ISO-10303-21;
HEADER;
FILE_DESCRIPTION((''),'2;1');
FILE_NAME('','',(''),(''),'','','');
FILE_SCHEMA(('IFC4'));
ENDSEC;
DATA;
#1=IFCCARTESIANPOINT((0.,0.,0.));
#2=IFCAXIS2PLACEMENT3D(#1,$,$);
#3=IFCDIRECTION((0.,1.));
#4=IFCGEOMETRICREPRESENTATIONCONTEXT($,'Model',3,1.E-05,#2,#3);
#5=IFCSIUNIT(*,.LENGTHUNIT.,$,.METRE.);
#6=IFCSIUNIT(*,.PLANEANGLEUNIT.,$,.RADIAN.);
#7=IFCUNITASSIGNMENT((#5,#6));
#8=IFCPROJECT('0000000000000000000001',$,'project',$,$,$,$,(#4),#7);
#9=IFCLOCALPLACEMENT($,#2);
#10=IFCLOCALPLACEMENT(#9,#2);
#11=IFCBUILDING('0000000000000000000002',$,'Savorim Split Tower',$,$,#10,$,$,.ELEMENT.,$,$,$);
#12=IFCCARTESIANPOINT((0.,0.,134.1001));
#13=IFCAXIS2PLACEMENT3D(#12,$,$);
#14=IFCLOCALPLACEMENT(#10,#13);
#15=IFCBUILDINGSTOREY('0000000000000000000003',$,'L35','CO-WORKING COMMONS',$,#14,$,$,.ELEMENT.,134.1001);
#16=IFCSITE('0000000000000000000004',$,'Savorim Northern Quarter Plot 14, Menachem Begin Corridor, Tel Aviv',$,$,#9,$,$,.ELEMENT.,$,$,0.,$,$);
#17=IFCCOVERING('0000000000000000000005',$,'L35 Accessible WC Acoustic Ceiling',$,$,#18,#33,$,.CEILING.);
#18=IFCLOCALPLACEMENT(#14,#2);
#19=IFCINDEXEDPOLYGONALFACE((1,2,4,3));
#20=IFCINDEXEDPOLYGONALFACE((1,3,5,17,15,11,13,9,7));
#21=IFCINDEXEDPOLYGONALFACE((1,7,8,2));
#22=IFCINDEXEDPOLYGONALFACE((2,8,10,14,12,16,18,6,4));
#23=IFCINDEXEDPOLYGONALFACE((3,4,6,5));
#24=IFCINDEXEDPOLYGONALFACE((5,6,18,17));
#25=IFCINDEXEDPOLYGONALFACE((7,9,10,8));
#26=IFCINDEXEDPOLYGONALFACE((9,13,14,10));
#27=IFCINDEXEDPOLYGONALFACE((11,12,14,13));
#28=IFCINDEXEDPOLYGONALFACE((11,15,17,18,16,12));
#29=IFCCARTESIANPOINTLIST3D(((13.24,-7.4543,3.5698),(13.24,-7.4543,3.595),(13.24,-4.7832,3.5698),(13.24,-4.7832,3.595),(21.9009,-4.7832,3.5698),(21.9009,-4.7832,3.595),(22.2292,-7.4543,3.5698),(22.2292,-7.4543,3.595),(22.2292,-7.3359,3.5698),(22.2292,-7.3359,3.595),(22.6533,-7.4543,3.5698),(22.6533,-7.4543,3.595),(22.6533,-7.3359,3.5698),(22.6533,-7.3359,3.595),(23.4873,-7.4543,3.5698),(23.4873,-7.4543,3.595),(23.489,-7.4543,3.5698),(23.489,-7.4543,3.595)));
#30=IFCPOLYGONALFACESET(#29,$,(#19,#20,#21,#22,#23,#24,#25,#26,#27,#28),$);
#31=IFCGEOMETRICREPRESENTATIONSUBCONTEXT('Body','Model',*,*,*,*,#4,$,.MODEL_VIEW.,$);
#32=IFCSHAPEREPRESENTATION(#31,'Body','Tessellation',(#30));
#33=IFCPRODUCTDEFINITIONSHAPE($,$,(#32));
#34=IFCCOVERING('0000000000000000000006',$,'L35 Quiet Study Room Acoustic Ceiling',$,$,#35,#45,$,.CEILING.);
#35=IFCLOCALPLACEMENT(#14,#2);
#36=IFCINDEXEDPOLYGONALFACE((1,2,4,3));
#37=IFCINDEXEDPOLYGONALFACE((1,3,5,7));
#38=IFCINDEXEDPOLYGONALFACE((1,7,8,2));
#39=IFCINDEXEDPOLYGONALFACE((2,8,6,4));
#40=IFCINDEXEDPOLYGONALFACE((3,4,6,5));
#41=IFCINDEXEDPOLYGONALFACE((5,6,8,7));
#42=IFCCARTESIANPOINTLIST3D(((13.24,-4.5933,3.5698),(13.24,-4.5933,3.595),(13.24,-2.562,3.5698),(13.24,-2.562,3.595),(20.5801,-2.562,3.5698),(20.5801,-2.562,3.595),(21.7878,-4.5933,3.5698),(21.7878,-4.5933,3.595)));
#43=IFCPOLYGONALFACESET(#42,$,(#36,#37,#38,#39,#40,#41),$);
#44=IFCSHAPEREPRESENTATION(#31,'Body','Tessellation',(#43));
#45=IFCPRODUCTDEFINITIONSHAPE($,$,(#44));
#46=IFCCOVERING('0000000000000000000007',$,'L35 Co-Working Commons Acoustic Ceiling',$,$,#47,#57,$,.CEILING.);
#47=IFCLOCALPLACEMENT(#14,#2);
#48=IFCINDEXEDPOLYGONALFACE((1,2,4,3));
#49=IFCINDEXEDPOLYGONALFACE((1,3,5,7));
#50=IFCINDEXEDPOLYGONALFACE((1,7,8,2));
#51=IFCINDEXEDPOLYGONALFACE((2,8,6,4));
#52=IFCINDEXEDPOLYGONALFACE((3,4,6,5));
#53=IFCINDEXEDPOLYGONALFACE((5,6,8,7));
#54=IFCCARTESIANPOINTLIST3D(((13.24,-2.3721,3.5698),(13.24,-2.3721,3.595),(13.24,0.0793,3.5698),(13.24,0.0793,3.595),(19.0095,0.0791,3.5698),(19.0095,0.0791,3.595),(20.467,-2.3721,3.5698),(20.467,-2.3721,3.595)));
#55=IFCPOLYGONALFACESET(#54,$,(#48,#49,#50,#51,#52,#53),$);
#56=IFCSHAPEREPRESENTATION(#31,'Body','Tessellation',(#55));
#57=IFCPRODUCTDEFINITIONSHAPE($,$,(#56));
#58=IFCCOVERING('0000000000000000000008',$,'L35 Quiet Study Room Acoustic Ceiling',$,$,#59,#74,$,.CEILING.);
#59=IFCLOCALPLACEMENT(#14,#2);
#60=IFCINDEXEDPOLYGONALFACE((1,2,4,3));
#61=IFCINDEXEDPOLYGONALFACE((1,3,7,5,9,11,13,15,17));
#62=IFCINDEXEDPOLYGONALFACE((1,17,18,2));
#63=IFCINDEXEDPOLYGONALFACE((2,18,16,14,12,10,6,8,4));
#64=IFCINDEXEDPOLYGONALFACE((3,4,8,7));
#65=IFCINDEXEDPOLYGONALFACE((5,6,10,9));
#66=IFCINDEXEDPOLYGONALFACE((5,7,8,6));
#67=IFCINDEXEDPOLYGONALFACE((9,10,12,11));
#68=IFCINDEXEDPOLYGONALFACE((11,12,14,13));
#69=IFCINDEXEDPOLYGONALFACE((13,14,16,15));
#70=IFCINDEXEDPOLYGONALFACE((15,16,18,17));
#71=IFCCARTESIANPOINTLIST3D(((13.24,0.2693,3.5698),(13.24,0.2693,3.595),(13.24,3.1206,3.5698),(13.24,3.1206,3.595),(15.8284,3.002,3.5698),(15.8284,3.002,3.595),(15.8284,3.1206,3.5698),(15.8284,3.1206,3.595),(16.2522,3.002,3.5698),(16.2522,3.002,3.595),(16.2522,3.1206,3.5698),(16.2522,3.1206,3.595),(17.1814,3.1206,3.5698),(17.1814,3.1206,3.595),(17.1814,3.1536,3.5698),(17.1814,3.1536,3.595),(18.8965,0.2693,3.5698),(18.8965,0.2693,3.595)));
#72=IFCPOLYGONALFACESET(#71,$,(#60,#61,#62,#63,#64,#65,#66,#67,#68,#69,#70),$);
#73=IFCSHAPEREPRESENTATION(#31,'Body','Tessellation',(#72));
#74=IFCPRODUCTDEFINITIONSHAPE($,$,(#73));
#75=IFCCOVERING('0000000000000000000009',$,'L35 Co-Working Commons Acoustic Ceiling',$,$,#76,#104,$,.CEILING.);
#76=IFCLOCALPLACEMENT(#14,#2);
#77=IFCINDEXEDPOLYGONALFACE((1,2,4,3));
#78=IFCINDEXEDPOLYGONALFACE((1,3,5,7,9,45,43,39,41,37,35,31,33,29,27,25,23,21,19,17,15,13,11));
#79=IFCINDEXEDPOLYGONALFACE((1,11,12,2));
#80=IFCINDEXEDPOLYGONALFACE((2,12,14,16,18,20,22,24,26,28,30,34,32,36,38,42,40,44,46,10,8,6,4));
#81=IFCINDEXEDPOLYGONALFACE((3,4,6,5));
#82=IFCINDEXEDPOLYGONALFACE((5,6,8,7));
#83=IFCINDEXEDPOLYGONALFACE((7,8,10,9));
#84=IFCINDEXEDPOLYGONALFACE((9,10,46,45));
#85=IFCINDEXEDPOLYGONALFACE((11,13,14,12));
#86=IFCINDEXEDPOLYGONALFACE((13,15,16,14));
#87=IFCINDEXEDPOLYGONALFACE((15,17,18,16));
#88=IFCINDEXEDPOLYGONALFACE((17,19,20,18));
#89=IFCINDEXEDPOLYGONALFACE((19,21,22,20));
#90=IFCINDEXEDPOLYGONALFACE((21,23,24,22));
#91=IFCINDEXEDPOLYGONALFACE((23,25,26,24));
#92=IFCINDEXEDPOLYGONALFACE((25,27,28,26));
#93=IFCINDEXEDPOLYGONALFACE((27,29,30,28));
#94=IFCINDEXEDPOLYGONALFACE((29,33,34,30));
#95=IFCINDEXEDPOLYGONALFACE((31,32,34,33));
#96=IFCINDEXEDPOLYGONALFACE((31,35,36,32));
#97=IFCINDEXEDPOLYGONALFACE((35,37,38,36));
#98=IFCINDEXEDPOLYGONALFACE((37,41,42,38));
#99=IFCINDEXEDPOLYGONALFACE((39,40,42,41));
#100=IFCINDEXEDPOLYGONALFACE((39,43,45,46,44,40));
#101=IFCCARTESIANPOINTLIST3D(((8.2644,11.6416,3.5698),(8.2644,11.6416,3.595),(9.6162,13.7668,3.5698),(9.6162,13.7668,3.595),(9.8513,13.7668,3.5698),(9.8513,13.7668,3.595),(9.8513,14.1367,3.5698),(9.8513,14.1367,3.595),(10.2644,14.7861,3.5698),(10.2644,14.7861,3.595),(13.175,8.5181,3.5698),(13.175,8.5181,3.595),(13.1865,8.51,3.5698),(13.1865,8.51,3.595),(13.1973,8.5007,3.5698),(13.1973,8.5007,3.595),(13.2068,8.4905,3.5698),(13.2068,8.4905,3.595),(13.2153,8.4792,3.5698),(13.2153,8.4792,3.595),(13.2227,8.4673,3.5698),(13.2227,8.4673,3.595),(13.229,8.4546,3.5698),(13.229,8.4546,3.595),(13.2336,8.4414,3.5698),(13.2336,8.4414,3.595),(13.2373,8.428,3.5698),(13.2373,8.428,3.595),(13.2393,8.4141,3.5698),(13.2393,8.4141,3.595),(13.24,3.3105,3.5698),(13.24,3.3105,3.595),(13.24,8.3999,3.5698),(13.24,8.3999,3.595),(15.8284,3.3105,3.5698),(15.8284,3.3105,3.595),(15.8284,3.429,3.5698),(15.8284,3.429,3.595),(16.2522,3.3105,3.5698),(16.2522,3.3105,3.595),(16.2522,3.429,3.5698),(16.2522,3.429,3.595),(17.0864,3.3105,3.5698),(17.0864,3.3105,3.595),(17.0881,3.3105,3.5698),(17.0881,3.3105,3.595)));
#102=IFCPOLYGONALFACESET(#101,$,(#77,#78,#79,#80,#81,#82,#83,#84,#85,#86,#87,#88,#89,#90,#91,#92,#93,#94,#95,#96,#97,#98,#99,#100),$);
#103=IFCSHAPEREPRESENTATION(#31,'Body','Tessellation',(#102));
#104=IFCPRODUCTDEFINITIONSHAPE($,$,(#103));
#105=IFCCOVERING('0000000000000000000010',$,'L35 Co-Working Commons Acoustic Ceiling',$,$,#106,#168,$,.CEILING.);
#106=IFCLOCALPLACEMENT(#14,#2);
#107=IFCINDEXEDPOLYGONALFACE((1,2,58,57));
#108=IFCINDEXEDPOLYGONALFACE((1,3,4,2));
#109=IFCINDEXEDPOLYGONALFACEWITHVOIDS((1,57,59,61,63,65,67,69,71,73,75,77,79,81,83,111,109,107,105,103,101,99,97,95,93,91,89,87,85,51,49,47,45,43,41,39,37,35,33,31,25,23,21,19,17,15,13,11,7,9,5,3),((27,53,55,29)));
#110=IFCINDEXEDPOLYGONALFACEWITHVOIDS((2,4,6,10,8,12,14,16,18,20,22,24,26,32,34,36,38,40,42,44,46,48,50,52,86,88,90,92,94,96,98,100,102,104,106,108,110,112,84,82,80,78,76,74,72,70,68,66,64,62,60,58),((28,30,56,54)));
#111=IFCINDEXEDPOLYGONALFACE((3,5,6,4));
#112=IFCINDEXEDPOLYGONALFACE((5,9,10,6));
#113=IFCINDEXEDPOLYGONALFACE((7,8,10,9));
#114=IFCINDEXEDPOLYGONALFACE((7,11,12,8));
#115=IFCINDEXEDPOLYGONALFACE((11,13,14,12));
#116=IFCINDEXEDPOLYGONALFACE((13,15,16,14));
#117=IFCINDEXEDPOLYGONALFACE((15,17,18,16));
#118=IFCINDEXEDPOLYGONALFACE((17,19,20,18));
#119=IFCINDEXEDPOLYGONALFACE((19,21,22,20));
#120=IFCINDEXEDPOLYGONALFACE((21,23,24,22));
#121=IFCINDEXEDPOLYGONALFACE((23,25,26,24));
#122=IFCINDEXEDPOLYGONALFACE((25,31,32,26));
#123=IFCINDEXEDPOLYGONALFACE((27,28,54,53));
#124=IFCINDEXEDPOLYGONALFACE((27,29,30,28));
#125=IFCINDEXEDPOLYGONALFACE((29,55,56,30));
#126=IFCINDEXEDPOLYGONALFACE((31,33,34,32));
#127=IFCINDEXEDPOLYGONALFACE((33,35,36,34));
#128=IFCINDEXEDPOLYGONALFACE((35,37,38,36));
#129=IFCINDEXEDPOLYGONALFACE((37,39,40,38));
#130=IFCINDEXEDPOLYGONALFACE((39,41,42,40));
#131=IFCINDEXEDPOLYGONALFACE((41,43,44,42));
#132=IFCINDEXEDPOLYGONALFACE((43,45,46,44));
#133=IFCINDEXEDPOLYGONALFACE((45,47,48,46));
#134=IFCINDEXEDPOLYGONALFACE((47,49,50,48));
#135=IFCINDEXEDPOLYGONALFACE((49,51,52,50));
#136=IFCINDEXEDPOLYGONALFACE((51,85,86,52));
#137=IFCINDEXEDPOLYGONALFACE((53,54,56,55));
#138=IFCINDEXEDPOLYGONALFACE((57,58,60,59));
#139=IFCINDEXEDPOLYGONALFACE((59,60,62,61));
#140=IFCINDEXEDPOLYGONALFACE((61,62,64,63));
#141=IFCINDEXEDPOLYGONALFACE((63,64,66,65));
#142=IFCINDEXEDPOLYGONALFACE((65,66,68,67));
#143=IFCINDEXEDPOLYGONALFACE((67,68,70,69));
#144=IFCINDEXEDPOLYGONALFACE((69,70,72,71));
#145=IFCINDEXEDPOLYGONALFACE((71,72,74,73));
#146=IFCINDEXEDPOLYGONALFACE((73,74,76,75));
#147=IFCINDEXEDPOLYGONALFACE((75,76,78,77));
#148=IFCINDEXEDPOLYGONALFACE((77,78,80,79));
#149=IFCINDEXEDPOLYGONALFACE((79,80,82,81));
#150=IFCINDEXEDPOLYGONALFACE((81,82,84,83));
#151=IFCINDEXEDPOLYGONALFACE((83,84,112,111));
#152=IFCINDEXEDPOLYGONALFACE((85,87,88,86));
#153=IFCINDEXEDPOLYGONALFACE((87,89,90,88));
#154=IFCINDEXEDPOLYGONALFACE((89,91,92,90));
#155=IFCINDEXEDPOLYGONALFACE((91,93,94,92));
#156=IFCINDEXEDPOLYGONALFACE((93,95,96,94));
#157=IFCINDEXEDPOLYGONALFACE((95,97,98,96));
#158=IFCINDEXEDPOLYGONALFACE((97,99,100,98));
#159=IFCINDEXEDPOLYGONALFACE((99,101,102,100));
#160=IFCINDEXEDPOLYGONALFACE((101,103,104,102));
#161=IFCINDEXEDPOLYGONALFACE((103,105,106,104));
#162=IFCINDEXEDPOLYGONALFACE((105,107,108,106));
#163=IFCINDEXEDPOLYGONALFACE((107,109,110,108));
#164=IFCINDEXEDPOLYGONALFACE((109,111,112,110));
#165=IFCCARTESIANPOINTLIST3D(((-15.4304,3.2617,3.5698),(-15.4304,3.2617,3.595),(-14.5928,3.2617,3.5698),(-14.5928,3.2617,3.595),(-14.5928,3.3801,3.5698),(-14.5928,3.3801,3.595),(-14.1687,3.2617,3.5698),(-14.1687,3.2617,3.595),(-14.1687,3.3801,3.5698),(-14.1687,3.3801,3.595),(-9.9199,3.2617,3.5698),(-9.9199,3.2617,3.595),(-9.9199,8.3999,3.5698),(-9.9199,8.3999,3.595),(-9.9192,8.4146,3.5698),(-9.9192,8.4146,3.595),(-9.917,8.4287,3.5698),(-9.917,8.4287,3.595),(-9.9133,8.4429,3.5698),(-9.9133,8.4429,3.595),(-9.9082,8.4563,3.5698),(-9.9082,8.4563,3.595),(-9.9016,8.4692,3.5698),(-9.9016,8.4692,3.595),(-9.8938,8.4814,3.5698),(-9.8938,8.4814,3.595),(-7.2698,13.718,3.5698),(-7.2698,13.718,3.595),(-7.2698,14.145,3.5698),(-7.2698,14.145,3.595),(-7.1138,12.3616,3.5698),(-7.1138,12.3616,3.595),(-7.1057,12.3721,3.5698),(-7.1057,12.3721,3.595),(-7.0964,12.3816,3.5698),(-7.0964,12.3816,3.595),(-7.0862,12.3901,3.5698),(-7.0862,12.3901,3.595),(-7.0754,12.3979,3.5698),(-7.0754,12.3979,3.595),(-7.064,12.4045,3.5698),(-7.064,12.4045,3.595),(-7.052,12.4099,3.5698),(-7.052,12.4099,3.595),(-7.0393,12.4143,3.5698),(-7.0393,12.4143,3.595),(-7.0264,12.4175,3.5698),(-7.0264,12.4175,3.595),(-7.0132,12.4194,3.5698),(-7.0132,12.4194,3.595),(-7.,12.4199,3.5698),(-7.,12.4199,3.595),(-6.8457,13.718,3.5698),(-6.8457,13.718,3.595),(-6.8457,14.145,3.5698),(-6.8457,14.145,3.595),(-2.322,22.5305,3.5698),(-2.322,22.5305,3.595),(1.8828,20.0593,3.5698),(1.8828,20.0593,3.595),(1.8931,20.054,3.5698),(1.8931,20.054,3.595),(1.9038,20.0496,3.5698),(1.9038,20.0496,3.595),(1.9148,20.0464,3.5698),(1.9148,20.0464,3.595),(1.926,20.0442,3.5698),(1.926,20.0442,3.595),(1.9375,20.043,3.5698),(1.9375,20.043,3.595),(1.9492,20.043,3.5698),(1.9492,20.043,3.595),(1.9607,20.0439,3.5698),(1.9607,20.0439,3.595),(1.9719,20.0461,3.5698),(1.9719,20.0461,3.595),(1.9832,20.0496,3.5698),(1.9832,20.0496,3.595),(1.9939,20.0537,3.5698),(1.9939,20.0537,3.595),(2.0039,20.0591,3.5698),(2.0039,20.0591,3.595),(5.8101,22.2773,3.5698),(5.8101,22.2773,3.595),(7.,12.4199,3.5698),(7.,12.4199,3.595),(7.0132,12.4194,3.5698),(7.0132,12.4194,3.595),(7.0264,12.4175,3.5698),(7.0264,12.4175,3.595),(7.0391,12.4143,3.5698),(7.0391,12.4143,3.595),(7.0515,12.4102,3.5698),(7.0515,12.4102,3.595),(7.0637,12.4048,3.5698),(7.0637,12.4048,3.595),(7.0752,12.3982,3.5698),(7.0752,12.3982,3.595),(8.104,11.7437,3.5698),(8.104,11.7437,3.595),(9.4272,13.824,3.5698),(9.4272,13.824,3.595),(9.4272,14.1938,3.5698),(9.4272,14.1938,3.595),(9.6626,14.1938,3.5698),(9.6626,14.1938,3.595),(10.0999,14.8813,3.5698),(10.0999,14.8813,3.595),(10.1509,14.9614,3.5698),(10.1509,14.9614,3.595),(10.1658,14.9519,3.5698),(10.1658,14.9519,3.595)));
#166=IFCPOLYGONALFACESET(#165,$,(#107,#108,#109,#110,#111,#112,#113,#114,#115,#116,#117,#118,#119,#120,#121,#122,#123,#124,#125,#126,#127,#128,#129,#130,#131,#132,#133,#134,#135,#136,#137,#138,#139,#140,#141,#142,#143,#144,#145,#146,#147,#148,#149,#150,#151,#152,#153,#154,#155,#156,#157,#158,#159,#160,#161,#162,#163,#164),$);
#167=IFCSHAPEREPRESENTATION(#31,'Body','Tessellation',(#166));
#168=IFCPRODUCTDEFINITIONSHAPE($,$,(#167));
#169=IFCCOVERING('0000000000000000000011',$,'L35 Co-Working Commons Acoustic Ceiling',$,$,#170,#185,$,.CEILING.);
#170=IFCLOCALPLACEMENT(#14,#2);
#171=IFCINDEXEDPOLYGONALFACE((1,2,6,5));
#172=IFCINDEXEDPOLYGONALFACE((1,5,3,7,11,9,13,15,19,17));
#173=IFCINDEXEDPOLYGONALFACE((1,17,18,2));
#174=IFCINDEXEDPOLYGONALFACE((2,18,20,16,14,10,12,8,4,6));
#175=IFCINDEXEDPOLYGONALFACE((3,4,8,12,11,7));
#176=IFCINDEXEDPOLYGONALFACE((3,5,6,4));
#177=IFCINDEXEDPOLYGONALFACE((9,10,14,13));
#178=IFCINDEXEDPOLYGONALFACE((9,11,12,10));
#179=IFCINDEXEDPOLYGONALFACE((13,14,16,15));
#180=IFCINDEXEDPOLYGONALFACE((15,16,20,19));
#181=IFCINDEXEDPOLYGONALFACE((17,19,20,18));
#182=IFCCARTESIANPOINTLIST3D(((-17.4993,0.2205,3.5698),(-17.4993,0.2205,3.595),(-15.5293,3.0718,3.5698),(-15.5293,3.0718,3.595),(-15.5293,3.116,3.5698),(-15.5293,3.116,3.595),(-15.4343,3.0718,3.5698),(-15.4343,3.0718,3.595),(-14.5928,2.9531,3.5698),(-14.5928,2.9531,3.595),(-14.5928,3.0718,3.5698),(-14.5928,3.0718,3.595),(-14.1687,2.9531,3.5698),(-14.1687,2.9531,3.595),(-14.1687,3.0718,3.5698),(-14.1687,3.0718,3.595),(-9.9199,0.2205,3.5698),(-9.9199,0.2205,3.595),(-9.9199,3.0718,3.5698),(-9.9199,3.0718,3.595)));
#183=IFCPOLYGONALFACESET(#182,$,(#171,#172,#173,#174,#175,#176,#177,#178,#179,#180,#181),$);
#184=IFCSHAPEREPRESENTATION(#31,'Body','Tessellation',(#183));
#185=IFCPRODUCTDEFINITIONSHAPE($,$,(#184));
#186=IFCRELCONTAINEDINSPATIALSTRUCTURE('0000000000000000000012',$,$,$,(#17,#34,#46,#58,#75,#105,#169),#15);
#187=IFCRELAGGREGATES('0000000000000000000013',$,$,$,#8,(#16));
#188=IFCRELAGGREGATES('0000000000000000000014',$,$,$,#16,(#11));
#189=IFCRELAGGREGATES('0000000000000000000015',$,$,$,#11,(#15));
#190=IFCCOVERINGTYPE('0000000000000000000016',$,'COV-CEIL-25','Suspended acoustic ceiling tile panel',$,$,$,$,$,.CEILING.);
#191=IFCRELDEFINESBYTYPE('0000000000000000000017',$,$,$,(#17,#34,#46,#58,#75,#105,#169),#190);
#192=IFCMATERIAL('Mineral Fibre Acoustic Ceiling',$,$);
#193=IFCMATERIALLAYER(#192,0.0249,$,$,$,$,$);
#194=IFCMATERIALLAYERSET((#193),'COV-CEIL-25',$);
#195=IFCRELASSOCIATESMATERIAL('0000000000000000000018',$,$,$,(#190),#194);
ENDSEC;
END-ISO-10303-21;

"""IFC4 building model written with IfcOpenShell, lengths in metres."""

from ifc_helpers import new_model, si_unit, direction, frame, origin, place, context, subcontext, project, spatial, polyline, outline, extrude, material, layer, layer_set, type_object, element, save


model = new_model("IFC4")

# Units and contexts
model_context = context("Model", 3, precision=1e-05, world=origin(), true_north=direction((0.0, 1.0)))
body_context = subcontext(model_context, "Body", "Model", "MODEL_VIEW")
ifc_project = project(units=[si_unit("LENGTHUNIT", "METRE"), si_unit("PLANEANGLEUNIT", "RADIAN")], contexts=[model_context])

# Site, building, storey
site_placement = place(None, origin())
site = spatial("IfcSite", under=ifc_project, at=site_placement, Name="Savorim Northern Quarter Plot 14, Menachem Begin Corridor, Tel Aviv", CompositionType="ELEMENT", RefElevation=0.0)
building_placement = place(site_placement, origin())
building = spatial("IfcBuilding", under=site, at=building_placement, Name="Savorim Split Tower", CompositionType="ELEMENT")
storey_placement = place(building_placement, frame((0.0, 0.0, 134.1001)))
storey = spatial("IfcBuildingStorey", under=building, at=storey_placement, Name="L35", Description="CO-WORKING COMMONS", CompositionType="ELEMENT", Elevation=134.1001)

# Coverings
ifc_material_1 = material(Name="Mineral Fibre Acoustic Ceiling")
ifc_layer_1 = layer(ifc_material_1, 0.0249)
ifc_layer_set_1 = layer_set([ifc_layer_1], Name="COV-CEIL-25")
covering_type_1 = type_object("IfcCoveringType", Name="COV-CEIL-25", Description="Suspended acoustic ceiling tile panel", PredefinedType="CEILING", material=ifc_layer_set_1)
covering_1_placement = place(storey_placement, frame((0.0, 0.0, 3.5698)))
element("IfcCovering", 1, at=covering_1_placement, inside=storey, type_object=covering_type_1, Name="L35 Accessible WC Acoustic Ceiling", PredefinedType="CEILING", context=body_context, shape_type="SweptSolid", body=[
    extrude(outline(polyline([(22.6533, -7.3359), (22.6533, -7.4543), (23.4873, -7.4543), (23.489, -7.4543), (21.9009, -4.7832), (13.24, -4.7832), (13.24, -7.4543), (22.2292, -7.4543), (22.2292, -7.3359), (22.6533, -7.3359)])), origin(), (0.0, 0.0, 1.0), 0.0251),
])
covering_2_placement = place(storey_placement, frame((0.0, 0.0, 3.5698)))
element("IfcCovering", 2, at=covering_2_placement, inside=storey, type_object=covering_type_1, Name="L35 Quiet Study Room Acoustic Ceiling", PredefinedType="CEILING", context=body_context, shape_type="SweptSolid", body=[
    extrude(outline(polyline([(21.7878, -4.5933), (20.5801, -2.562), (13.24, -2.562), (13.24, -4.5933), (21.7878, -4.5933)])), origin(), (0.0, 0.0, 1.0), 0.0251),
])
covering_3_placement = place(storey_placement, frame((0.0, 0.0, 3.5698)))
element("IfcCovering", 3, at=covering_3_placement, inside=storey, type_object=covering_type_1, Name="L35 Co-Working Commons Acoustic Ceiling", PredefinedType="CEILING", context=body_context, shape_type="SweptSolid", body=[
    extrude(outline(polyline([(20.467, -2.3721), (19.0095, 0.0791), (13.24, 0.0793), (13.24, -2.3721), (20.467, -2.3721)])), origin(), (0.0, 0.0, 1.0), 0.0251),
])
covering_4_placement = place(storey_placement, frame((0.0, 0.0, 3.5698)))
element("IfcCovering", 4, at=covering_4_placement, inside=storey, type_object=covering_type_1, Name="L35 Quiet Study Room Acoustic Ceiling", PredefinedType="CEILING", context=body_context, shape_type="SweptSolid", body=[
    extrude(outline(polyline([(15.8284, 3.002), (15.8284, 3.1206), (13.24, 3.1206), (13.24, 0.2693), (18.8965, 0.2693), (17.1814, 3.1536), (17.1814, 3.1206), (16.2522, 3.1206), (16.2522, 3.002), (15.8284, 3.002)])), origin(), (0.0, 0.0, 1.0), 0.0251),
])
covering_5_placement = place(storey_placement, frame((0.0, 0.0, 3.5698)))
element("IfcCovering", 5, at=covering_5_placement, inside=storey, type_object=covering_type_1, Name="L35 Co-Working Commons Acoustic Ceiling", PredefinedType="CEILING", context=body_context, shape_type="SweptSolid", body=[
    extrude(outline(polyline([(16.2522, 3.429), (16.2522, 3.3105), (17.0864, 3.3105), (17.0881, 3.3105), (10.2644, 14.7861), (9.8513, 14.1367), (9.8513, 13.7668), (9.6162, 13.7668), (8.2644, 11.6416), (8.2644, 11.6416), (13.175, 8.5181), (13.1865, 8.51), (13.1973, 8.5007), (13.2068, 8.4905), (13.2153, 8.4792), (13.2227, 8.4673), (13.229, 8.4546), (13.2336, 8.4414), (13.2373, 8.428), (13.2393, 8.4141), (13.24, 8.3999), (13.24, 3.3105), (15.8284, 3.3105), (15.8284, 3.429), (16.2522, 3.429)])), origin(), (0.0, 0.0, 1.0), 0.0251),
])
covering_6_placement = place(storey_placement, frame((0.0, 0.0, 3.5698)))
element("IfcCovering", 6, at=covering_6_placement, inside=storey, type_object=covering_type_1, Name="L35 Co-Working Commons Acoustic Ceiling", PredefinedType="CEILING", context=body_context, shape_type="SweptSolid", body=[
    extrude(outline(polyline([(1.9038, 20.0496), (1.8931, 20.054), (1.8828, 20.0593), (-2.322, 22.5305), (-15.4304, 3.2617), (-14.5928, 3.2617), (-14.5928, 3.3801), (-14.1687, 3.3801), (-14.1687, 3.2617), (-9.9199, 3.2617), (-9.9199, 8.3999), (-9.9192, 8.4146), (-9.917, 8.4287), (-9.9133, 8.4429), (-9.9082, 8.4563), (-9.9016, 8.4692), (-9.8938, 8.4814), (-7.1138, 12.3616), (-7.1057, 12.3721), (-7.0964, 12.3816), (-7.0862, 12.3901), (-7.0754, 12.3979), (-7.064, 12.4045), (-7.052, 12.4099), (-7.0393, 12.4143), (-7.0264, 12.4175), (-7.0132, 12.4194), (-7.0, 12.4199), (7.0, 12.4199), (7.0132, 12.4194), (7.0264, 12.4175), (7.0391, 12.4143), (7.0515, 12.4102), (7.0637, 12.4048), (7.0752, 12.3982), (8.104, 11.7437), (9.4272, 13.824), (9.4272, 14.1938), (9.6626, 14.1938), (10.0999, 14.8813), (10.1509, 14.9614), (10.1658, 14.9519), (5.8101, 22.2773), (2.0039, 20.0591), (1.9939, 20.0537), (1.9832, 20.0496), (1.9719, 20.0461), (1.9607, 20.0439), (1.9492, 20.043), (1.9375, 20.043), (1.926, 20.0442), (1.9148, 20.0464), (1.9038, 20.0496)]), holes=[polyline([(-6.8457, 14.145), (-7.2698, 14.145), (-7.2698, 13.718), (-6.8457, 13.718), (-6.8457, 14.145)])]), origin(), (0.0, 0.0, 1.0), 0.0251),
])
covering_7_placement = place(storey_placement, frame((0.0, 0.0, 3.5698)))
element("IfcCovering", 7, at=covering_7_placement, inside=storey, type_object=covering_type_1, Name="L35 Co-Working Commons Acoustic Ceiling", PredefinedType="CEILING", context=body_context, shape_type="SweptSolid", body=[
    extrude(outline(polyline([(-14.5928, 3.0718), (-15.4343, 3.0718), (-15.5293, 3.0718), (-15.5293, 3.116), (-17.4993, 0.2205), (-9.9199, 0.2205), (-9.9199, 3.0718), (-14.1687, 3.0718), (-14.1687, 2.9531), (-14.5928, 2.9531), (-14.5928, 3.0718)])), origin(), (0.0, 0.0, 1.0), 0.0251),
])

save(model, "model.ifc")
